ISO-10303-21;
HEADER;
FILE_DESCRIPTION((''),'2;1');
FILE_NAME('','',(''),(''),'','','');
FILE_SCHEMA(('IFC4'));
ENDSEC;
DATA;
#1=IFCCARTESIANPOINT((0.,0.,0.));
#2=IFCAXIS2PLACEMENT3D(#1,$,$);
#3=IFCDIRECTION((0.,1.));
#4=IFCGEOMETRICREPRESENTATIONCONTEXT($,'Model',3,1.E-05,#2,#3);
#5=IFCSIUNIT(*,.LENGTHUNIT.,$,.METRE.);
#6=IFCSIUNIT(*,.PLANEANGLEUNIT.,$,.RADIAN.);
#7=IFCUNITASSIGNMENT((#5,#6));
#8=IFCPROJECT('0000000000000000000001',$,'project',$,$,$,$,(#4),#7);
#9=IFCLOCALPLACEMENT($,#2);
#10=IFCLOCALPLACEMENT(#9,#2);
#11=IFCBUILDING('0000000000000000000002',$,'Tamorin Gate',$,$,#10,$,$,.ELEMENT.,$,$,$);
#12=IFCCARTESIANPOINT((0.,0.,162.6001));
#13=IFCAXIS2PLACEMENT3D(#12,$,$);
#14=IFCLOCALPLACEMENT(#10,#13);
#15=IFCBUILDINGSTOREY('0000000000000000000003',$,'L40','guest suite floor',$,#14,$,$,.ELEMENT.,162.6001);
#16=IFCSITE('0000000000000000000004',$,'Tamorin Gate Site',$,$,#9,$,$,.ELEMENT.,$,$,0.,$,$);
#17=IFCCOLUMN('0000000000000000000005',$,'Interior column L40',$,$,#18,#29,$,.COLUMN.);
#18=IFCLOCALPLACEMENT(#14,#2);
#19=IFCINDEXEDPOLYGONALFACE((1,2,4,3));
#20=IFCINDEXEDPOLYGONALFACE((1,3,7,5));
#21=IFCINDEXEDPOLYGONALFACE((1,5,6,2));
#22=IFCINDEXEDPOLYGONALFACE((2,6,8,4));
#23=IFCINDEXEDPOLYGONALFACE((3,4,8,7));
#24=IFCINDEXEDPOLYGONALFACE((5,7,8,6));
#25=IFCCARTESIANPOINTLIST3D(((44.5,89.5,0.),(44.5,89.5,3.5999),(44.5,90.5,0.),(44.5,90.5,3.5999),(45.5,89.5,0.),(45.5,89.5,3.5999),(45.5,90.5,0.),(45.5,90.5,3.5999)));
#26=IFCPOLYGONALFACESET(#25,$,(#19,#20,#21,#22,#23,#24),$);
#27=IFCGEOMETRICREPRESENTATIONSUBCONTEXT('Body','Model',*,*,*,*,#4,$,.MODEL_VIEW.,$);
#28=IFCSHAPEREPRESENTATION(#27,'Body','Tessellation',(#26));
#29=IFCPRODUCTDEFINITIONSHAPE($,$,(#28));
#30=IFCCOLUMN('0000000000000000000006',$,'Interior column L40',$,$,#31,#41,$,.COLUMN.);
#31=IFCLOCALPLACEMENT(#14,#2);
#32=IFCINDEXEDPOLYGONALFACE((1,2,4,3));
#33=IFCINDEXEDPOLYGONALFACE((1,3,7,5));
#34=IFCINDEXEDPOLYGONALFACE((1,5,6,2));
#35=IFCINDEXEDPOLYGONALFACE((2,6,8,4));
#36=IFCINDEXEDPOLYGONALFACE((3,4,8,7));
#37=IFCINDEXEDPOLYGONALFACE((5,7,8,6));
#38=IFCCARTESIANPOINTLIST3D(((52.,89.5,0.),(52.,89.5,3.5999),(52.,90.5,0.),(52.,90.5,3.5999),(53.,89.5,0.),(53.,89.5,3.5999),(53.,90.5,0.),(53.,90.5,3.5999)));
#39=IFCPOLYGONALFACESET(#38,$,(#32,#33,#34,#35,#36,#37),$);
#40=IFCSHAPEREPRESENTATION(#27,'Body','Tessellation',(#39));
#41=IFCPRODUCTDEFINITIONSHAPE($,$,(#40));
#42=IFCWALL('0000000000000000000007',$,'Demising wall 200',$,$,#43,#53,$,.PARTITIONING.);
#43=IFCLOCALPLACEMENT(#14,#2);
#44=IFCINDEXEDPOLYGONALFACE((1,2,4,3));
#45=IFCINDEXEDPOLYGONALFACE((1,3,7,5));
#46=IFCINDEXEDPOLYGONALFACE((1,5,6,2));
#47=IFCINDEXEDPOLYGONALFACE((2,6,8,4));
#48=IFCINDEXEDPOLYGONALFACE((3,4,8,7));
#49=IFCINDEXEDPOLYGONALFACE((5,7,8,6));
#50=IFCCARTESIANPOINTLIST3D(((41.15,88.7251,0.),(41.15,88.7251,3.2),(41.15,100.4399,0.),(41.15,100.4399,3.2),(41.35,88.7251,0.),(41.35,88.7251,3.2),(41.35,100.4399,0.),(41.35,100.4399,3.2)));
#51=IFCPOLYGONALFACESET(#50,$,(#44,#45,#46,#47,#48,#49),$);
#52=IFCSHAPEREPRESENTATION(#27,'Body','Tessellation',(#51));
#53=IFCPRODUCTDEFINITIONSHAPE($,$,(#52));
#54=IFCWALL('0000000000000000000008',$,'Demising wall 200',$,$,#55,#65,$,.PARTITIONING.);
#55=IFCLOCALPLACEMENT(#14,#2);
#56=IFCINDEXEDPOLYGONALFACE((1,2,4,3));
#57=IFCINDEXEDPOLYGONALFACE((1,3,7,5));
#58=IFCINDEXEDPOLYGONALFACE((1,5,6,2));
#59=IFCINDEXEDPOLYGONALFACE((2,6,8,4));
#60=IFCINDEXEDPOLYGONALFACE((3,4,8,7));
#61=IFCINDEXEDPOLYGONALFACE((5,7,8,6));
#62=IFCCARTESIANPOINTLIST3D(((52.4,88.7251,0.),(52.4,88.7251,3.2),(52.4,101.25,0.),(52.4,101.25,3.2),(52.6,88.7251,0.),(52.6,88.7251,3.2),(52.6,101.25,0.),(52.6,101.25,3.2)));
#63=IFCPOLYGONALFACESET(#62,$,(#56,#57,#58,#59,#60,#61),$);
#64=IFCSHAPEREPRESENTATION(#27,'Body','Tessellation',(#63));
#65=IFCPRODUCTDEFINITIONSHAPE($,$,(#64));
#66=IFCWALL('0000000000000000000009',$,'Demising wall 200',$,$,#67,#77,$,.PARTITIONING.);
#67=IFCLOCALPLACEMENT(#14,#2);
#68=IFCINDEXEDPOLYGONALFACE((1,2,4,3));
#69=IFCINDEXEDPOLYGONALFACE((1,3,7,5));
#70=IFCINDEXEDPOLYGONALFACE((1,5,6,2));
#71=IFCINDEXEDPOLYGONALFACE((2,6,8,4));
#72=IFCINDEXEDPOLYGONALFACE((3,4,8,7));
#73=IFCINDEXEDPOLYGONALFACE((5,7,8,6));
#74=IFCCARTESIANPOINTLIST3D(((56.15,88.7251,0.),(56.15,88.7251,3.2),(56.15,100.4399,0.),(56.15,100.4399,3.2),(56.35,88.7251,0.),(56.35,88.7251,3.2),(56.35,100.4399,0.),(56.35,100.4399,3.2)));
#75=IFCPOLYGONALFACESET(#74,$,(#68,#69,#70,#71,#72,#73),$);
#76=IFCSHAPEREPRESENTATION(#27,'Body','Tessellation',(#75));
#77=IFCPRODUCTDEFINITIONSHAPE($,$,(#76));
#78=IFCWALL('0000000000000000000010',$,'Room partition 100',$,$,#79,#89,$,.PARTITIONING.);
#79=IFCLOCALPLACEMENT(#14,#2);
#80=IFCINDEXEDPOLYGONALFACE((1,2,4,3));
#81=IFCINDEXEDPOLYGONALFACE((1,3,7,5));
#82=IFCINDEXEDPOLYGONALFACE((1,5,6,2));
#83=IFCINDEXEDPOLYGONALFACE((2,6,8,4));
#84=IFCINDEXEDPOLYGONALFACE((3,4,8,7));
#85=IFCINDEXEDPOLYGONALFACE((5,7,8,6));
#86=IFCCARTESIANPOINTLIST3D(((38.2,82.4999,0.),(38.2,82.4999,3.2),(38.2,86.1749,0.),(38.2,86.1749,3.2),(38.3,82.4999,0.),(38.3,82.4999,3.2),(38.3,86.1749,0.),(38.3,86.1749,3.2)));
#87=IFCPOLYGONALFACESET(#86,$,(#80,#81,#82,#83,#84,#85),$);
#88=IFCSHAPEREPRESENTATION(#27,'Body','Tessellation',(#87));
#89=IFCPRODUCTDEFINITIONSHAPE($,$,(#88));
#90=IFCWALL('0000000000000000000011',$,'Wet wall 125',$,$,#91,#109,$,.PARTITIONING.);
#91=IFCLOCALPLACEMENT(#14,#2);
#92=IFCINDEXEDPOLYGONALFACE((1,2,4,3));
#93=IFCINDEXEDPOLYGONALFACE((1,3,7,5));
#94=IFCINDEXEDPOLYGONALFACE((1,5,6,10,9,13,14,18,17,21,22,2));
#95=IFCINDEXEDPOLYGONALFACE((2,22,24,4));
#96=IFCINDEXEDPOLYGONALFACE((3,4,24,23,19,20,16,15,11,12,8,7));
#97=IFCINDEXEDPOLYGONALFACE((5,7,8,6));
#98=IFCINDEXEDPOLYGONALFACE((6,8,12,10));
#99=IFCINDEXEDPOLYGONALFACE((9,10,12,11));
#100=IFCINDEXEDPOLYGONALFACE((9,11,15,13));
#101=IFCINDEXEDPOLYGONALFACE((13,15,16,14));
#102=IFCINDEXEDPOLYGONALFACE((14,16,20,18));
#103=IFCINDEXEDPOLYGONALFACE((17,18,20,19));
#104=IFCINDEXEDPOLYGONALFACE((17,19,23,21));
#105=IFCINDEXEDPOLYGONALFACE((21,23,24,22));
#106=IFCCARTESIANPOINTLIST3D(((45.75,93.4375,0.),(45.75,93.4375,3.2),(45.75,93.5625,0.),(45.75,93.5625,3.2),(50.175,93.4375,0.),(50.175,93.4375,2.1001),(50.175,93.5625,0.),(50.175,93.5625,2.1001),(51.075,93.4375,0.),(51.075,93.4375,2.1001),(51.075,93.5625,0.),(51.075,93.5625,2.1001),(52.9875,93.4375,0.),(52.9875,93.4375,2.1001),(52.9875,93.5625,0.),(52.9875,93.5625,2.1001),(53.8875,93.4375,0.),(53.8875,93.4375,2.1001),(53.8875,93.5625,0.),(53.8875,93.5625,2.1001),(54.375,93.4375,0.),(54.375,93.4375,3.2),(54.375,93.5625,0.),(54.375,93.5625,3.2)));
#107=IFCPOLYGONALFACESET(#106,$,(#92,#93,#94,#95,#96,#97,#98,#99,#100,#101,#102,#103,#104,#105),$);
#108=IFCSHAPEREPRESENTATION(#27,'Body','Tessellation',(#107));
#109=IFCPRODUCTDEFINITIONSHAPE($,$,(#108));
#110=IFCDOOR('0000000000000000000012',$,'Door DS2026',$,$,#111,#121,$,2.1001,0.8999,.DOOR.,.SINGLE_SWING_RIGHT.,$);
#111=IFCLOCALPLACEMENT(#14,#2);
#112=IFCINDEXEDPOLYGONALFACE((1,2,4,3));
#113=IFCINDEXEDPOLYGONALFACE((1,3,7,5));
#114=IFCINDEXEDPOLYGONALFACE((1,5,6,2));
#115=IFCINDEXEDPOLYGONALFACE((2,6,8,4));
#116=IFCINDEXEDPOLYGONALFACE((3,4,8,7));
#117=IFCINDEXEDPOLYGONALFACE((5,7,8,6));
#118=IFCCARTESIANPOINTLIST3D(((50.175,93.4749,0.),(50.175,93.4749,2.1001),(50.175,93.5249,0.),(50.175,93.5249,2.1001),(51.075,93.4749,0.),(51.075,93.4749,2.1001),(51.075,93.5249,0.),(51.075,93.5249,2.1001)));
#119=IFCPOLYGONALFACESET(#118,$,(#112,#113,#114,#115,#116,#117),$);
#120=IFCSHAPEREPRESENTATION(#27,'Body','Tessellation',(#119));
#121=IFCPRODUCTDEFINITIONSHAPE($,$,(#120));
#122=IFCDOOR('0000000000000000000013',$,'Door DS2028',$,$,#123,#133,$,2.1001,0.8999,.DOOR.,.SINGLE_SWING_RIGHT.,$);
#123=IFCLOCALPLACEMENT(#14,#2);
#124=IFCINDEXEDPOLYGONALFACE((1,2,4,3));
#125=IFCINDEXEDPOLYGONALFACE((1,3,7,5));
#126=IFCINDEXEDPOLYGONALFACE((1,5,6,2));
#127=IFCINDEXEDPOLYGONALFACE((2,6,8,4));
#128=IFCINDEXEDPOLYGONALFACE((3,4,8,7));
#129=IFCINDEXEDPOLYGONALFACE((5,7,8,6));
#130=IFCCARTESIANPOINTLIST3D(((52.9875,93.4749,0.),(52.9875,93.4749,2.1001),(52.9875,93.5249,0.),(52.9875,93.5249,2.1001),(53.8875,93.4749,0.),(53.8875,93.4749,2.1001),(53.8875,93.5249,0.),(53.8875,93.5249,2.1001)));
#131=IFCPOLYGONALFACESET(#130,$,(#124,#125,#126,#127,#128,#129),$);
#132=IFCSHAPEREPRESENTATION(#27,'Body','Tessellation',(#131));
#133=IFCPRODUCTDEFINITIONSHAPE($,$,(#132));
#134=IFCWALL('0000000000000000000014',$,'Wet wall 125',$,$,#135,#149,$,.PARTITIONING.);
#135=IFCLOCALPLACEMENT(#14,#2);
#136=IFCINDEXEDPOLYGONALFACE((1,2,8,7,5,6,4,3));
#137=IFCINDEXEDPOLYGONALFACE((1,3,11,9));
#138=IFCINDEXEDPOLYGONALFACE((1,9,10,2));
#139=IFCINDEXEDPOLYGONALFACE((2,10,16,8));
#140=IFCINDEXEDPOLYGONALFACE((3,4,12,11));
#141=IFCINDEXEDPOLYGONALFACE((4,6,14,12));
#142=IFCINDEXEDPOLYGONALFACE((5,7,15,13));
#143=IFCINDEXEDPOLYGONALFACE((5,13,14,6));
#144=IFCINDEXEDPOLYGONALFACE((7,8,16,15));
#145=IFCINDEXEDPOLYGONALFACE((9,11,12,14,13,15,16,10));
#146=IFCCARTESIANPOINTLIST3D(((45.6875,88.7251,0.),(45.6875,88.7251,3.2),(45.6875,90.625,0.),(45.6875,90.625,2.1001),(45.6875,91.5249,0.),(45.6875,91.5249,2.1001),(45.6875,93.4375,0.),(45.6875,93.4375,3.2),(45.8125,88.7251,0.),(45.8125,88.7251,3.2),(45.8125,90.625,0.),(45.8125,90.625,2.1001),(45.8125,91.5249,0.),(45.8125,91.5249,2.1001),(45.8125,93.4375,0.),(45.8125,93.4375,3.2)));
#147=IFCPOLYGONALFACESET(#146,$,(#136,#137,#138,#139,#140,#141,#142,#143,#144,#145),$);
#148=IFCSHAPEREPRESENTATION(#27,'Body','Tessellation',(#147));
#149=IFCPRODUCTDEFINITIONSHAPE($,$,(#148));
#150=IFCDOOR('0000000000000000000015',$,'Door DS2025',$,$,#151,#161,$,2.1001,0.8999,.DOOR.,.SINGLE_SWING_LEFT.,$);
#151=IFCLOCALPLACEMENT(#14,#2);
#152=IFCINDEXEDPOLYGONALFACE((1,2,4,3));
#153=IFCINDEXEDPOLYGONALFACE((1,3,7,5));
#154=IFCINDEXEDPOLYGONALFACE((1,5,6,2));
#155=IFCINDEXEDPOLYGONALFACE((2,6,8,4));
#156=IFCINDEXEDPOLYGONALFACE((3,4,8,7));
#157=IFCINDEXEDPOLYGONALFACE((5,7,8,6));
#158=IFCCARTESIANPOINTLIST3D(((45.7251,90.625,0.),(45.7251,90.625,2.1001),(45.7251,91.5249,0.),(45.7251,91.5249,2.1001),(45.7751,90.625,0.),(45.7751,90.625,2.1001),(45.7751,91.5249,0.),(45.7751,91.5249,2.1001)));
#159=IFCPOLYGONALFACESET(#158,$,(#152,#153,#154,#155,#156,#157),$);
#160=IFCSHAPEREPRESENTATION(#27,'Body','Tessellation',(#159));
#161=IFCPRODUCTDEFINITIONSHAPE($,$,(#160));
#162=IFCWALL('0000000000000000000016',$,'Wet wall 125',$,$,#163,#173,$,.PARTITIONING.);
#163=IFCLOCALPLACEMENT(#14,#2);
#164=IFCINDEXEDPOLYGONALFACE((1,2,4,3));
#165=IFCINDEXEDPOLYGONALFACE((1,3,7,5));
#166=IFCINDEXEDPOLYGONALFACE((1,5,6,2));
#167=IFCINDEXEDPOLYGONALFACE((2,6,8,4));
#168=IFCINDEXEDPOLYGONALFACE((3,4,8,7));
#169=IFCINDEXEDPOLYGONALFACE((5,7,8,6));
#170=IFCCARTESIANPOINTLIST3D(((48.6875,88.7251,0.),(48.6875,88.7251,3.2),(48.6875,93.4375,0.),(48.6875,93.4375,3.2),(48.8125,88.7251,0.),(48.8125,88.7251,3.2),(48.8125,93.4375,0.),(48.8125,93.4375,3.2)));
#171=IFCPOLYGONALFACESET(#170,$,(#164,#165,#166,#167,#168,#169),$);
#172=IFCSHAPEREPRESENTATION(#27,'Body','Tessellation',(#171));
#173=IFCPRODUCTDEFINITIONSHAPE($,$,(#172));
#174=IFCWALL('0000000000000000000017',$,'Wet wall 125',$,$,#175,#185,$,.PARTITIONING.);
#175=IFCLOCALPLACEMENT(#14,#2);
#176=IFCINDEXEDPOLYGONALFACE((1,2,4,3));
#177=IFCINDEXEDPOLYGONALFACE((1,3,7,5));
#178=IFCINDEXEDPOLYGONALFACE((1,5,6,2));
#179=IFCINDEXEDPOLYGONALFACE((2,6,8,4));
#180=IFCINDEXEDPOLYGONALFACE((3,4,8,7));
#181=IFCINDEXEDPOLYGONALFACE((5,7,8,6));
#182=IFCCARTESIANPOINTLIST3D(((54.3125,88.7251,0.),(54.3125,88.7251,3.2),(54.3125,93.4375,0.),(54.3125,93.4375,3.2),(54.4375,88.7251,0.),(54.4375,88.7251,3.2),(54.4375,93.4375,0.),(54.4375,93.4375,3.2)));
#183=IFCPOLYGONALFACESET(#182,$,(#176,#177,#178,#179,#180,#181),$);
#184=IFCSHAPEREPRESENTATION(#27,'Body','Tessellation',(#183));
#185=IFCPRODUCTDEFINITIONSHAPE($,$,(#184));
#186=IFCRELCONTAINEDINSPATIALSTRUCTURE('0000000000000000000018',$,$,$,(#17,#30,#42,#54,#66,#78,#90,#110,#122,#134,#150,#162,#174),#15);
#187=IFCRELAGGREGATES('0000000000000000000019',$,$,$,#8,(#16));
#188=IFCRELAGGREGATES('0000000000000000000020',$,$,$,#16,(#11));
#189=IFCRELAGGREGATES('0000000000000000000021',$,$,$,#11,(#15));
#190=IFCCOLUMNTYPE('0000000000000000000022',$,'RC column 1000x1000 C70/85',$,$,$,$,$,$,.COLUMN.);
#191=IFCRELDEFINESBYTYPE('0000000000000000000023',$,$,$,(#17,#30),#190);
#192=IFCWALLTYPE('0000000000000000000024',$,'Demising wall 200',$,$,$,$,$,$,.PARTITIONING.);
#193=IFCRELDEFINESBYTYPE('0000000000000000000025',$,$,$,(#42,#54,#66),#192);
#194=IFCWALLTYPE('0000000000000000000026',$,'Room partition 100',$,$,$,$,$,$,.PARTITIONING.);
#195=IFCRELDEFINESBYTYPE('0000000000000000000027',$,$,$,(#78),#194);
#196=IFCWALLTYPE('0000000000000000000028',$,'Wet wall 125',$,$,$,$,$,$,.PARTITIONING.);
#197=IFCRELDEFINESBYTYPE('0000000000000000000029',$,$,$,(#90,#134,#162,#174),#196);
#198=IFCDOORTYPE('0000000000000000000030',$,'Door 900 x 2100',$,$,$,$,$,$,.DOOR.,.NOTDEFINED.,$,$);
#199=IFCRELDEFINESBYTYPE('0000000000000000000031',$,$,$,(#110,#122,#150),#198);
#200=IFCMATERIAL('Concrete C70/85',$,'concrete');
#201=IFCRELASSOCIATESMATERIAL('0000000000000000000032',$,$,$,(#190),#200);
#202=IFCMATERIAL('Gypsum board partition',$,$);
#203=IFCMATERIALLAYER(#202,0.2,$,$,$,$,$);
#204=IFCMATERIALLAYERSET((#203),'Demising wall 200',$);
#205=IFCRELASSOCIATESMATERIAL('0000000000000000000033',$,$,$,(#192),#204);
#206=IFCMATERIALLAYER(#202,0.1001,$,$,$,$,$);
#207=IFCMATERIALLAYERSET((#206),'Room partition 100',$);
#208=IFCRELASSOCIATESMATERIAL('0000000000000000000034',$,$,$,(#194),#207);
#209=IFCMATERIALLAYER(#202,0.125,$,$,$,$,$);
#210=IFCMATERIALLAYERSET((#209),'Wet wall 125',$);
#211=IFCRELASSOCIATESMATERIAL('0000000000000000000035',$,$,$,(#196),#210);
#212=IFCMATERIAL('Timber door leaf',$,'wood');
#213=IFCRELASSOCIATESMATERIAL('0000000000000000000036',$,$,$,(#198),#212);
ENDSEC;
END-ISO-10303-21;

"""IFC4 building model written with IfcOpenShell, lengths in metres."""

from ifc_helpers import new_model, si_unit, direction, frame, frame_2d, origin, origin_2d, place, context, subcontext, project, spatial, rectangle, extrude, material, layer, layer_set, material_profile, profile_set, type_object, element, fill, save


model = new_model("IFC4")

# Units and contexts
model_context = context("Model", 3, precision=1e-05, world=origin(), true_north=direction((0.0, 1.0)))
body_context = subcontext(model_context, "Body", "Model", "MODEL_VIEW")
ifc_project = project(units=[si_unit("LENGTHUNIT", "METRE"), si_unit("PLANEANGLEUNIT", "RADIAN")], contexts=[model_context])

# Site, building, storey
site_placement = place(None, origin())
site = spatial("IfcSite", under=ifc_project, at=site_placement, Name="Tamorin Gate Site", CompositionType="ELEMENT", RefElevation=0.0)
building_placement = place(site_placement, origin())
building = spatial("IfcBuilding", under=site, at=building_placement, Name="Tamorin Gate", CompositionType="ELEMENT")
storey_placement = place(building_placement, frame((0.0, 0.0, 162.6001)))
storey = spatial("IfcBuildingStorey", under=building, at=storey_placement, Name="L40", Description="guest suite floor", CompositionType="ELEMENT", Elevation=162.6001)

# Columns
ifc_material_1 = material(Name="Concrete C70/85", Category="concrete")
ifc_material_profile = material_profile(ifc_material_1, rectangle(XDim=1.0, YDim=1.0, at=origin_2d()), Name="RC 1000x1000")
ifc_profile_set = profile_set([ifc_material_profile], Name="Concrete C70/85")
column_type = type_object("IfcColumnType", Name="RC column 1000x1000 C70/85", PredefinedType="COLUMN", material=ifc_profile_set)
for number, where, z_axis, x_axis, name in (
    (1, (45.0, 90.0, 0.0), (0.0, 0.0, 1.0), (1.0, 0.0, 0.0), "Interior column L40"),
    (2, (52.5, 90.0, 0.0), (0.0, 0.0, 1.0), (1.0, 0.0, 0.0), "Interior column L40"),
):
    element("IfcColumn", number, at=place(storey_placement, frame(where, z_axis=z_axis, x_axis=x_axis)), inside=storey, type_object=column_type, Name=name, PredefinedType="COLUMN", context=body_context, shape_type="SweptSolid", body=[
        extrude(rectangle(XDim=1.0, YDim=1.0, at=origin_2d()), origin(), (0.0, 0.0, 1.0), 3.5999),
    ])

# Walls
ifc_material_2 = material(Name="Gypsum board partition")
ifc_layer_1 = layer(ifc_material_2, 0.2)
ifc_layer_set_1 = layer_set([ifc_layer_1], Name="Demising wall 200")
wall_type_1 = type_object("IfcWallType", Name="Demising wall 200", PredefinedType="PARTITIONING", material=ifc_layer_set_1)
wall_1_placement = place(storey_placement, frame((41.25, 88.7251, 0.0), z_axis=(0.0, 0.0, 1.0), x_axis=(0.0, 1.0, 0.0)))
element("IfcWall", 3, at=wall_1_placement, inside=storey, type_object=wall_type_1, Name="Demising wall 200", PredefinedType="PARTITIONING", context=body_context, shape_type="SweptSolid", body=[
    extrude(rectangle(XDim=11.7148, YDim=0.2, at=frame_2d((5.8574, 0.0))), origin(), (0.0, 0.0, 1.0), 3.2),
])
wall_2_placement = place(storey_placement, frame((52.5, 88.7251, 0.0), z_axis=(0.0, 0.0, 1.0), x_axis=(0.0, 1.0, 0.0)))
element("IfcWall", 4, at=wall_2_placement, inside=storey, type_object=wall_type_1, Name="Demising wall 200", PredefinedType="PARTITIONING", context=body_context, shape_type="SweptSolid", body=[
    extrude(rectangle(XDim=12.5249, YDim=0.2, at=frame_2d((6.2625, 0.0))), origin(), (0.0, 0.0, 1.0), 3.2),
])
wall_3_placement = place(storey_placement, frame((56.25, 88.7251, 0.0), z_axis=(0.0, 0.0, 1.0), x_axis=(0.0, 1.0, 0.0)))
element("IfcWall", 5, at=wall_3_placement, inside=storey, type_object=wall_type_1, Name="Demising wall 200", PredefinedType="PARTITIONING", context=body_context, shape_type="SweptSolid", body=[
    extrude(rectangle(XDim=11.7148, YDim=0.2, at=frame_2d((5.8574, 0.0))), origin(), (0.0, 0.0, 1.0), 3.2),
])
ifc_layer_2 = layer(ifc_material_2, 0.1001)
ifc_layer_set_2 = layer_set([ifc_layer_2], Name="Room partition 100")
wall_type_2 = type_object("IfcWallType", Name="Room partition 100", PredefinedType="PARTITIONING", material=ifc_layer_set_2)
wall_4_placement = place(storey_placement, frame((38.25, 82.5, 0.0), z_axis=(0.0, 0.0, 1.0), x_axis=(0.0, 1.0, 0.0)))
element("IfcWall", 6, at=wall_4_placement, inside=storey, type_object=wall_type_2, Name="Room partition 100", PredefinedType="PARTITIONING", context=body_context, shape_type="SweptSolid", body=[
    extrude(rectangle(XDim=3.675, YDim=0.1001, at=frame_2d((1.8374, 0.0))), origin(), (0.0, 0.0, 1.0), 3.2),
])

# Wall, openings, doors
ifc_layer_3 = layer(ifc_material_2, 0.125)
ifc_layer_set_3 = layer_set([ifc_layer_3], Name="Wet wall 125")
wall_type_3 = type_object("IfcWallType", Name="Wet wall 125", PredefinedType="PARTITIONING", material=ifc_layer_set_3)
wall_5_placement = place(storey_placement, frame((45.75, 93.5, 0.0), z_axis=(0.0, 0.0, 1.0), x_axis=(1.0, 0.0, 0.0)))
wall_5 = element("IfcWall", 7, at=wall_5_placement, inside=storey, type_object=wall_type_3, Name="Wet wall 125", PredefinedType="PARTITIONING", context=body_context, shape_type="SweptSolid", body=[
    extrude(rectangle(XDim=8.625, YDim=0.125, at=frame_2d((4.3125, 0.0))), origin(), (0.0, 0.0, 1.0), 3.2),
])
opening_1_placement = place(wall_5_placement, frame((4.425, 0.0, 0.0)))
opening_1 = element("IfcOpeningElement", 8, at=opening_1_placement, cuts=wall_5, PredefinedType="OPENING", context=body_context, shape_type="SweptSolid", body=[
    extrude(rectangle(XDim=0.8999, YDim=2.1001, at=frame_2d((0.45, 1.05))), frame((0.0, 0.0725, 0.0), z_axis=(0.0, -1.0, 0.0), x_axis=(1.0, 0.0, 0.0)), (0.0, 0.0, 1.0), 0.145),
])
opening_2_placement = place(wall_5_placement, frame((7.2375, 0.0, 0.0)))
opening_2 = element("IfcOpeningElement", 9, at=opening_2_placement, cuts=wall_5, PredefinedType="OPENING", context=body_context, shape_type="SweptSolid", body=[
    extrude(rectangle(XDim=0.8999, YDim=2.1001, at=frame_2d((0.45, 1.05))), frame((0.0, 0.0725, 0.0), z_axis=(0.0, -1.0, 0.0), x_axis=(1.0, 0.0, 0.0)), (0.0, 0.0, 1.0), 0.145),
])
ifc_material_3 = material(Name="Timber door leaf", Category="wood")
door_type = type_object("IfcDoorType", Name="Door 900 x 2100", OperationType="NOTDEFINED", PredefinedType="DOOR", material=ifc_material_3)
door_1_placement = place(opening_1_placement, origin())
door_1 = element("IfcDoor", 10, at=door_1_placement, inside=storey, type_object=door_type, Name="Door DS2026", OperationType="SINGLE_SWING_RIGHT", OverallHeight=2.1001, OverallWidth=0.8999, PredefinedType="DOOR", context=body_context, shape_type="SweptSolid", body=[
    extrude(rectangle(XDim=0.8999, YDim=2.1001, at=frame_2d((0.45, 1.05))), frame((0.0, 0.0249, 0.0), z_axis=(0.0, -1.0, 0.0), x_axis=(1.0, 0.0, 0.0)), (0.0, 0.0, 1.0), 0.05),
])
fill(opening_1, door_1)
door_2_placement = place(opening_2_placement, origin())
door_2 = element("IfcDoor", 11, at=door_2_placement, inside=storey, type_object=door_type, Name="Door DS2028", OperationType="SINGLE_SWING_RIGHT", OverallHeight=2.1001, OverallWidth=0.8999, PredefinedType="DOOR", context=body_context, shape_type="SweptSolid", body=[
    extrude(rectangle(XDim=0.8999, YDim=2.1001, at=frame_2d((0.45, 1.05))), frame((0.0, 0.0249, 0.0), z_axis=(0.0, -1.0, 0.0), x_axis=(1.0, 0.0, 0.0)), (0.0, 0.0, 1.0), 0.05),
])
fill(opening_2, door_2)

# Wall, opening, door
wall_6_placement = place(storey_placement, frame((45.75, 88.7251, 0.0), z_axis=(0.0, 0.0, 1.0), x_axis=(0.0, 1.0, 0.0)))
wall_6 = element("IfcWall", 12, at=wall_6_placement, inside=storey, type_object=wall_type_3, Name="Wet wall 125", PredefinedType="PARTITIONING", context=body_context, shape_type="SweptSolid", body=[
    extrude(rectangle(XDim=4.7124, YDim=0.125, at=frame_2d((2.3562, 0.0))), origin(), (0.0, 0.0, 1.0), 3.2),
])
opening_3_placement = place(wall_6_placement, frame((1.8999, 0.0, 0.0)))
opening_3 = element("IfcOpeningElement", 13, at=opening_3_placement, cuts=wall_6, PredefinedType="OPENING", context=body_context, shape_type="SweptSolid", body=[
    extrude(rectangle(XDim=0.8999, YDim=2.1001, at=frame_2d((0.45, 1.05))), frame((0.0, 0.0725, 0.0), z_axis=(0.0, -1.0, 0.0), x_axis=(1.0, 0.0, 0.0)), (0.0, 0.0, 1.0), 0.145),
])
door_3_placement = place(opening_3_placement, origin())
door_3 = element("IfcDoor", 14, at=door_3_placement, inside=storey, type_object=door_type, Name="Door DS2025", OperationType="SINGLE_SWING_LEFT", OverallHeight=2.1001, OverallWidth=0.8999, PredefinedType="DOOR", context=body_context, shape_type="SweptSolid", body=[
    extrude(rectangle(XDim=0.8999, YDim=2.1001, at=frame_2d((0.45, 1.05))), frame((0.0, 0.0249, 0.0), z_axis=(0.0, -1.0, 0.0), x_axis=(1.0, 0.0, 0.0)), (0.0, 0.0, 1.0), 0.05),
])
fill(opening_3, door_3)

# Walls
for number, where, z_axis, x_axis, name in (
    (15, (48.75, 88.7251, 0.0), (0.0, 0.0, 1.0), (0.0, 1.0, 0.0), "Wet wall 125"),
    (16, (54.375, 88.7251, 0.0), (0.0, 0.0, 1.0), (0.0, 1.0, 0.0), "Wet wall 125"),
):
    element("IfcWall", number, at=place(storey_placement, frame(where, z_axis=z_axis, x_axis=x_axis)), inside=storey, type_object=wall_type_3, Name=name, PredefinedType="PARTITIONING", context=body_context, shape_type="SweptSolid", body=[
        extrude(rectangle(XDim=4.7124, YDim=0.125, at=frame_2d((2.3562, 0.0))), origin(), (0.0, 0.0, 1.0), 3.2),
    ])

save(model, "model.ifc")
